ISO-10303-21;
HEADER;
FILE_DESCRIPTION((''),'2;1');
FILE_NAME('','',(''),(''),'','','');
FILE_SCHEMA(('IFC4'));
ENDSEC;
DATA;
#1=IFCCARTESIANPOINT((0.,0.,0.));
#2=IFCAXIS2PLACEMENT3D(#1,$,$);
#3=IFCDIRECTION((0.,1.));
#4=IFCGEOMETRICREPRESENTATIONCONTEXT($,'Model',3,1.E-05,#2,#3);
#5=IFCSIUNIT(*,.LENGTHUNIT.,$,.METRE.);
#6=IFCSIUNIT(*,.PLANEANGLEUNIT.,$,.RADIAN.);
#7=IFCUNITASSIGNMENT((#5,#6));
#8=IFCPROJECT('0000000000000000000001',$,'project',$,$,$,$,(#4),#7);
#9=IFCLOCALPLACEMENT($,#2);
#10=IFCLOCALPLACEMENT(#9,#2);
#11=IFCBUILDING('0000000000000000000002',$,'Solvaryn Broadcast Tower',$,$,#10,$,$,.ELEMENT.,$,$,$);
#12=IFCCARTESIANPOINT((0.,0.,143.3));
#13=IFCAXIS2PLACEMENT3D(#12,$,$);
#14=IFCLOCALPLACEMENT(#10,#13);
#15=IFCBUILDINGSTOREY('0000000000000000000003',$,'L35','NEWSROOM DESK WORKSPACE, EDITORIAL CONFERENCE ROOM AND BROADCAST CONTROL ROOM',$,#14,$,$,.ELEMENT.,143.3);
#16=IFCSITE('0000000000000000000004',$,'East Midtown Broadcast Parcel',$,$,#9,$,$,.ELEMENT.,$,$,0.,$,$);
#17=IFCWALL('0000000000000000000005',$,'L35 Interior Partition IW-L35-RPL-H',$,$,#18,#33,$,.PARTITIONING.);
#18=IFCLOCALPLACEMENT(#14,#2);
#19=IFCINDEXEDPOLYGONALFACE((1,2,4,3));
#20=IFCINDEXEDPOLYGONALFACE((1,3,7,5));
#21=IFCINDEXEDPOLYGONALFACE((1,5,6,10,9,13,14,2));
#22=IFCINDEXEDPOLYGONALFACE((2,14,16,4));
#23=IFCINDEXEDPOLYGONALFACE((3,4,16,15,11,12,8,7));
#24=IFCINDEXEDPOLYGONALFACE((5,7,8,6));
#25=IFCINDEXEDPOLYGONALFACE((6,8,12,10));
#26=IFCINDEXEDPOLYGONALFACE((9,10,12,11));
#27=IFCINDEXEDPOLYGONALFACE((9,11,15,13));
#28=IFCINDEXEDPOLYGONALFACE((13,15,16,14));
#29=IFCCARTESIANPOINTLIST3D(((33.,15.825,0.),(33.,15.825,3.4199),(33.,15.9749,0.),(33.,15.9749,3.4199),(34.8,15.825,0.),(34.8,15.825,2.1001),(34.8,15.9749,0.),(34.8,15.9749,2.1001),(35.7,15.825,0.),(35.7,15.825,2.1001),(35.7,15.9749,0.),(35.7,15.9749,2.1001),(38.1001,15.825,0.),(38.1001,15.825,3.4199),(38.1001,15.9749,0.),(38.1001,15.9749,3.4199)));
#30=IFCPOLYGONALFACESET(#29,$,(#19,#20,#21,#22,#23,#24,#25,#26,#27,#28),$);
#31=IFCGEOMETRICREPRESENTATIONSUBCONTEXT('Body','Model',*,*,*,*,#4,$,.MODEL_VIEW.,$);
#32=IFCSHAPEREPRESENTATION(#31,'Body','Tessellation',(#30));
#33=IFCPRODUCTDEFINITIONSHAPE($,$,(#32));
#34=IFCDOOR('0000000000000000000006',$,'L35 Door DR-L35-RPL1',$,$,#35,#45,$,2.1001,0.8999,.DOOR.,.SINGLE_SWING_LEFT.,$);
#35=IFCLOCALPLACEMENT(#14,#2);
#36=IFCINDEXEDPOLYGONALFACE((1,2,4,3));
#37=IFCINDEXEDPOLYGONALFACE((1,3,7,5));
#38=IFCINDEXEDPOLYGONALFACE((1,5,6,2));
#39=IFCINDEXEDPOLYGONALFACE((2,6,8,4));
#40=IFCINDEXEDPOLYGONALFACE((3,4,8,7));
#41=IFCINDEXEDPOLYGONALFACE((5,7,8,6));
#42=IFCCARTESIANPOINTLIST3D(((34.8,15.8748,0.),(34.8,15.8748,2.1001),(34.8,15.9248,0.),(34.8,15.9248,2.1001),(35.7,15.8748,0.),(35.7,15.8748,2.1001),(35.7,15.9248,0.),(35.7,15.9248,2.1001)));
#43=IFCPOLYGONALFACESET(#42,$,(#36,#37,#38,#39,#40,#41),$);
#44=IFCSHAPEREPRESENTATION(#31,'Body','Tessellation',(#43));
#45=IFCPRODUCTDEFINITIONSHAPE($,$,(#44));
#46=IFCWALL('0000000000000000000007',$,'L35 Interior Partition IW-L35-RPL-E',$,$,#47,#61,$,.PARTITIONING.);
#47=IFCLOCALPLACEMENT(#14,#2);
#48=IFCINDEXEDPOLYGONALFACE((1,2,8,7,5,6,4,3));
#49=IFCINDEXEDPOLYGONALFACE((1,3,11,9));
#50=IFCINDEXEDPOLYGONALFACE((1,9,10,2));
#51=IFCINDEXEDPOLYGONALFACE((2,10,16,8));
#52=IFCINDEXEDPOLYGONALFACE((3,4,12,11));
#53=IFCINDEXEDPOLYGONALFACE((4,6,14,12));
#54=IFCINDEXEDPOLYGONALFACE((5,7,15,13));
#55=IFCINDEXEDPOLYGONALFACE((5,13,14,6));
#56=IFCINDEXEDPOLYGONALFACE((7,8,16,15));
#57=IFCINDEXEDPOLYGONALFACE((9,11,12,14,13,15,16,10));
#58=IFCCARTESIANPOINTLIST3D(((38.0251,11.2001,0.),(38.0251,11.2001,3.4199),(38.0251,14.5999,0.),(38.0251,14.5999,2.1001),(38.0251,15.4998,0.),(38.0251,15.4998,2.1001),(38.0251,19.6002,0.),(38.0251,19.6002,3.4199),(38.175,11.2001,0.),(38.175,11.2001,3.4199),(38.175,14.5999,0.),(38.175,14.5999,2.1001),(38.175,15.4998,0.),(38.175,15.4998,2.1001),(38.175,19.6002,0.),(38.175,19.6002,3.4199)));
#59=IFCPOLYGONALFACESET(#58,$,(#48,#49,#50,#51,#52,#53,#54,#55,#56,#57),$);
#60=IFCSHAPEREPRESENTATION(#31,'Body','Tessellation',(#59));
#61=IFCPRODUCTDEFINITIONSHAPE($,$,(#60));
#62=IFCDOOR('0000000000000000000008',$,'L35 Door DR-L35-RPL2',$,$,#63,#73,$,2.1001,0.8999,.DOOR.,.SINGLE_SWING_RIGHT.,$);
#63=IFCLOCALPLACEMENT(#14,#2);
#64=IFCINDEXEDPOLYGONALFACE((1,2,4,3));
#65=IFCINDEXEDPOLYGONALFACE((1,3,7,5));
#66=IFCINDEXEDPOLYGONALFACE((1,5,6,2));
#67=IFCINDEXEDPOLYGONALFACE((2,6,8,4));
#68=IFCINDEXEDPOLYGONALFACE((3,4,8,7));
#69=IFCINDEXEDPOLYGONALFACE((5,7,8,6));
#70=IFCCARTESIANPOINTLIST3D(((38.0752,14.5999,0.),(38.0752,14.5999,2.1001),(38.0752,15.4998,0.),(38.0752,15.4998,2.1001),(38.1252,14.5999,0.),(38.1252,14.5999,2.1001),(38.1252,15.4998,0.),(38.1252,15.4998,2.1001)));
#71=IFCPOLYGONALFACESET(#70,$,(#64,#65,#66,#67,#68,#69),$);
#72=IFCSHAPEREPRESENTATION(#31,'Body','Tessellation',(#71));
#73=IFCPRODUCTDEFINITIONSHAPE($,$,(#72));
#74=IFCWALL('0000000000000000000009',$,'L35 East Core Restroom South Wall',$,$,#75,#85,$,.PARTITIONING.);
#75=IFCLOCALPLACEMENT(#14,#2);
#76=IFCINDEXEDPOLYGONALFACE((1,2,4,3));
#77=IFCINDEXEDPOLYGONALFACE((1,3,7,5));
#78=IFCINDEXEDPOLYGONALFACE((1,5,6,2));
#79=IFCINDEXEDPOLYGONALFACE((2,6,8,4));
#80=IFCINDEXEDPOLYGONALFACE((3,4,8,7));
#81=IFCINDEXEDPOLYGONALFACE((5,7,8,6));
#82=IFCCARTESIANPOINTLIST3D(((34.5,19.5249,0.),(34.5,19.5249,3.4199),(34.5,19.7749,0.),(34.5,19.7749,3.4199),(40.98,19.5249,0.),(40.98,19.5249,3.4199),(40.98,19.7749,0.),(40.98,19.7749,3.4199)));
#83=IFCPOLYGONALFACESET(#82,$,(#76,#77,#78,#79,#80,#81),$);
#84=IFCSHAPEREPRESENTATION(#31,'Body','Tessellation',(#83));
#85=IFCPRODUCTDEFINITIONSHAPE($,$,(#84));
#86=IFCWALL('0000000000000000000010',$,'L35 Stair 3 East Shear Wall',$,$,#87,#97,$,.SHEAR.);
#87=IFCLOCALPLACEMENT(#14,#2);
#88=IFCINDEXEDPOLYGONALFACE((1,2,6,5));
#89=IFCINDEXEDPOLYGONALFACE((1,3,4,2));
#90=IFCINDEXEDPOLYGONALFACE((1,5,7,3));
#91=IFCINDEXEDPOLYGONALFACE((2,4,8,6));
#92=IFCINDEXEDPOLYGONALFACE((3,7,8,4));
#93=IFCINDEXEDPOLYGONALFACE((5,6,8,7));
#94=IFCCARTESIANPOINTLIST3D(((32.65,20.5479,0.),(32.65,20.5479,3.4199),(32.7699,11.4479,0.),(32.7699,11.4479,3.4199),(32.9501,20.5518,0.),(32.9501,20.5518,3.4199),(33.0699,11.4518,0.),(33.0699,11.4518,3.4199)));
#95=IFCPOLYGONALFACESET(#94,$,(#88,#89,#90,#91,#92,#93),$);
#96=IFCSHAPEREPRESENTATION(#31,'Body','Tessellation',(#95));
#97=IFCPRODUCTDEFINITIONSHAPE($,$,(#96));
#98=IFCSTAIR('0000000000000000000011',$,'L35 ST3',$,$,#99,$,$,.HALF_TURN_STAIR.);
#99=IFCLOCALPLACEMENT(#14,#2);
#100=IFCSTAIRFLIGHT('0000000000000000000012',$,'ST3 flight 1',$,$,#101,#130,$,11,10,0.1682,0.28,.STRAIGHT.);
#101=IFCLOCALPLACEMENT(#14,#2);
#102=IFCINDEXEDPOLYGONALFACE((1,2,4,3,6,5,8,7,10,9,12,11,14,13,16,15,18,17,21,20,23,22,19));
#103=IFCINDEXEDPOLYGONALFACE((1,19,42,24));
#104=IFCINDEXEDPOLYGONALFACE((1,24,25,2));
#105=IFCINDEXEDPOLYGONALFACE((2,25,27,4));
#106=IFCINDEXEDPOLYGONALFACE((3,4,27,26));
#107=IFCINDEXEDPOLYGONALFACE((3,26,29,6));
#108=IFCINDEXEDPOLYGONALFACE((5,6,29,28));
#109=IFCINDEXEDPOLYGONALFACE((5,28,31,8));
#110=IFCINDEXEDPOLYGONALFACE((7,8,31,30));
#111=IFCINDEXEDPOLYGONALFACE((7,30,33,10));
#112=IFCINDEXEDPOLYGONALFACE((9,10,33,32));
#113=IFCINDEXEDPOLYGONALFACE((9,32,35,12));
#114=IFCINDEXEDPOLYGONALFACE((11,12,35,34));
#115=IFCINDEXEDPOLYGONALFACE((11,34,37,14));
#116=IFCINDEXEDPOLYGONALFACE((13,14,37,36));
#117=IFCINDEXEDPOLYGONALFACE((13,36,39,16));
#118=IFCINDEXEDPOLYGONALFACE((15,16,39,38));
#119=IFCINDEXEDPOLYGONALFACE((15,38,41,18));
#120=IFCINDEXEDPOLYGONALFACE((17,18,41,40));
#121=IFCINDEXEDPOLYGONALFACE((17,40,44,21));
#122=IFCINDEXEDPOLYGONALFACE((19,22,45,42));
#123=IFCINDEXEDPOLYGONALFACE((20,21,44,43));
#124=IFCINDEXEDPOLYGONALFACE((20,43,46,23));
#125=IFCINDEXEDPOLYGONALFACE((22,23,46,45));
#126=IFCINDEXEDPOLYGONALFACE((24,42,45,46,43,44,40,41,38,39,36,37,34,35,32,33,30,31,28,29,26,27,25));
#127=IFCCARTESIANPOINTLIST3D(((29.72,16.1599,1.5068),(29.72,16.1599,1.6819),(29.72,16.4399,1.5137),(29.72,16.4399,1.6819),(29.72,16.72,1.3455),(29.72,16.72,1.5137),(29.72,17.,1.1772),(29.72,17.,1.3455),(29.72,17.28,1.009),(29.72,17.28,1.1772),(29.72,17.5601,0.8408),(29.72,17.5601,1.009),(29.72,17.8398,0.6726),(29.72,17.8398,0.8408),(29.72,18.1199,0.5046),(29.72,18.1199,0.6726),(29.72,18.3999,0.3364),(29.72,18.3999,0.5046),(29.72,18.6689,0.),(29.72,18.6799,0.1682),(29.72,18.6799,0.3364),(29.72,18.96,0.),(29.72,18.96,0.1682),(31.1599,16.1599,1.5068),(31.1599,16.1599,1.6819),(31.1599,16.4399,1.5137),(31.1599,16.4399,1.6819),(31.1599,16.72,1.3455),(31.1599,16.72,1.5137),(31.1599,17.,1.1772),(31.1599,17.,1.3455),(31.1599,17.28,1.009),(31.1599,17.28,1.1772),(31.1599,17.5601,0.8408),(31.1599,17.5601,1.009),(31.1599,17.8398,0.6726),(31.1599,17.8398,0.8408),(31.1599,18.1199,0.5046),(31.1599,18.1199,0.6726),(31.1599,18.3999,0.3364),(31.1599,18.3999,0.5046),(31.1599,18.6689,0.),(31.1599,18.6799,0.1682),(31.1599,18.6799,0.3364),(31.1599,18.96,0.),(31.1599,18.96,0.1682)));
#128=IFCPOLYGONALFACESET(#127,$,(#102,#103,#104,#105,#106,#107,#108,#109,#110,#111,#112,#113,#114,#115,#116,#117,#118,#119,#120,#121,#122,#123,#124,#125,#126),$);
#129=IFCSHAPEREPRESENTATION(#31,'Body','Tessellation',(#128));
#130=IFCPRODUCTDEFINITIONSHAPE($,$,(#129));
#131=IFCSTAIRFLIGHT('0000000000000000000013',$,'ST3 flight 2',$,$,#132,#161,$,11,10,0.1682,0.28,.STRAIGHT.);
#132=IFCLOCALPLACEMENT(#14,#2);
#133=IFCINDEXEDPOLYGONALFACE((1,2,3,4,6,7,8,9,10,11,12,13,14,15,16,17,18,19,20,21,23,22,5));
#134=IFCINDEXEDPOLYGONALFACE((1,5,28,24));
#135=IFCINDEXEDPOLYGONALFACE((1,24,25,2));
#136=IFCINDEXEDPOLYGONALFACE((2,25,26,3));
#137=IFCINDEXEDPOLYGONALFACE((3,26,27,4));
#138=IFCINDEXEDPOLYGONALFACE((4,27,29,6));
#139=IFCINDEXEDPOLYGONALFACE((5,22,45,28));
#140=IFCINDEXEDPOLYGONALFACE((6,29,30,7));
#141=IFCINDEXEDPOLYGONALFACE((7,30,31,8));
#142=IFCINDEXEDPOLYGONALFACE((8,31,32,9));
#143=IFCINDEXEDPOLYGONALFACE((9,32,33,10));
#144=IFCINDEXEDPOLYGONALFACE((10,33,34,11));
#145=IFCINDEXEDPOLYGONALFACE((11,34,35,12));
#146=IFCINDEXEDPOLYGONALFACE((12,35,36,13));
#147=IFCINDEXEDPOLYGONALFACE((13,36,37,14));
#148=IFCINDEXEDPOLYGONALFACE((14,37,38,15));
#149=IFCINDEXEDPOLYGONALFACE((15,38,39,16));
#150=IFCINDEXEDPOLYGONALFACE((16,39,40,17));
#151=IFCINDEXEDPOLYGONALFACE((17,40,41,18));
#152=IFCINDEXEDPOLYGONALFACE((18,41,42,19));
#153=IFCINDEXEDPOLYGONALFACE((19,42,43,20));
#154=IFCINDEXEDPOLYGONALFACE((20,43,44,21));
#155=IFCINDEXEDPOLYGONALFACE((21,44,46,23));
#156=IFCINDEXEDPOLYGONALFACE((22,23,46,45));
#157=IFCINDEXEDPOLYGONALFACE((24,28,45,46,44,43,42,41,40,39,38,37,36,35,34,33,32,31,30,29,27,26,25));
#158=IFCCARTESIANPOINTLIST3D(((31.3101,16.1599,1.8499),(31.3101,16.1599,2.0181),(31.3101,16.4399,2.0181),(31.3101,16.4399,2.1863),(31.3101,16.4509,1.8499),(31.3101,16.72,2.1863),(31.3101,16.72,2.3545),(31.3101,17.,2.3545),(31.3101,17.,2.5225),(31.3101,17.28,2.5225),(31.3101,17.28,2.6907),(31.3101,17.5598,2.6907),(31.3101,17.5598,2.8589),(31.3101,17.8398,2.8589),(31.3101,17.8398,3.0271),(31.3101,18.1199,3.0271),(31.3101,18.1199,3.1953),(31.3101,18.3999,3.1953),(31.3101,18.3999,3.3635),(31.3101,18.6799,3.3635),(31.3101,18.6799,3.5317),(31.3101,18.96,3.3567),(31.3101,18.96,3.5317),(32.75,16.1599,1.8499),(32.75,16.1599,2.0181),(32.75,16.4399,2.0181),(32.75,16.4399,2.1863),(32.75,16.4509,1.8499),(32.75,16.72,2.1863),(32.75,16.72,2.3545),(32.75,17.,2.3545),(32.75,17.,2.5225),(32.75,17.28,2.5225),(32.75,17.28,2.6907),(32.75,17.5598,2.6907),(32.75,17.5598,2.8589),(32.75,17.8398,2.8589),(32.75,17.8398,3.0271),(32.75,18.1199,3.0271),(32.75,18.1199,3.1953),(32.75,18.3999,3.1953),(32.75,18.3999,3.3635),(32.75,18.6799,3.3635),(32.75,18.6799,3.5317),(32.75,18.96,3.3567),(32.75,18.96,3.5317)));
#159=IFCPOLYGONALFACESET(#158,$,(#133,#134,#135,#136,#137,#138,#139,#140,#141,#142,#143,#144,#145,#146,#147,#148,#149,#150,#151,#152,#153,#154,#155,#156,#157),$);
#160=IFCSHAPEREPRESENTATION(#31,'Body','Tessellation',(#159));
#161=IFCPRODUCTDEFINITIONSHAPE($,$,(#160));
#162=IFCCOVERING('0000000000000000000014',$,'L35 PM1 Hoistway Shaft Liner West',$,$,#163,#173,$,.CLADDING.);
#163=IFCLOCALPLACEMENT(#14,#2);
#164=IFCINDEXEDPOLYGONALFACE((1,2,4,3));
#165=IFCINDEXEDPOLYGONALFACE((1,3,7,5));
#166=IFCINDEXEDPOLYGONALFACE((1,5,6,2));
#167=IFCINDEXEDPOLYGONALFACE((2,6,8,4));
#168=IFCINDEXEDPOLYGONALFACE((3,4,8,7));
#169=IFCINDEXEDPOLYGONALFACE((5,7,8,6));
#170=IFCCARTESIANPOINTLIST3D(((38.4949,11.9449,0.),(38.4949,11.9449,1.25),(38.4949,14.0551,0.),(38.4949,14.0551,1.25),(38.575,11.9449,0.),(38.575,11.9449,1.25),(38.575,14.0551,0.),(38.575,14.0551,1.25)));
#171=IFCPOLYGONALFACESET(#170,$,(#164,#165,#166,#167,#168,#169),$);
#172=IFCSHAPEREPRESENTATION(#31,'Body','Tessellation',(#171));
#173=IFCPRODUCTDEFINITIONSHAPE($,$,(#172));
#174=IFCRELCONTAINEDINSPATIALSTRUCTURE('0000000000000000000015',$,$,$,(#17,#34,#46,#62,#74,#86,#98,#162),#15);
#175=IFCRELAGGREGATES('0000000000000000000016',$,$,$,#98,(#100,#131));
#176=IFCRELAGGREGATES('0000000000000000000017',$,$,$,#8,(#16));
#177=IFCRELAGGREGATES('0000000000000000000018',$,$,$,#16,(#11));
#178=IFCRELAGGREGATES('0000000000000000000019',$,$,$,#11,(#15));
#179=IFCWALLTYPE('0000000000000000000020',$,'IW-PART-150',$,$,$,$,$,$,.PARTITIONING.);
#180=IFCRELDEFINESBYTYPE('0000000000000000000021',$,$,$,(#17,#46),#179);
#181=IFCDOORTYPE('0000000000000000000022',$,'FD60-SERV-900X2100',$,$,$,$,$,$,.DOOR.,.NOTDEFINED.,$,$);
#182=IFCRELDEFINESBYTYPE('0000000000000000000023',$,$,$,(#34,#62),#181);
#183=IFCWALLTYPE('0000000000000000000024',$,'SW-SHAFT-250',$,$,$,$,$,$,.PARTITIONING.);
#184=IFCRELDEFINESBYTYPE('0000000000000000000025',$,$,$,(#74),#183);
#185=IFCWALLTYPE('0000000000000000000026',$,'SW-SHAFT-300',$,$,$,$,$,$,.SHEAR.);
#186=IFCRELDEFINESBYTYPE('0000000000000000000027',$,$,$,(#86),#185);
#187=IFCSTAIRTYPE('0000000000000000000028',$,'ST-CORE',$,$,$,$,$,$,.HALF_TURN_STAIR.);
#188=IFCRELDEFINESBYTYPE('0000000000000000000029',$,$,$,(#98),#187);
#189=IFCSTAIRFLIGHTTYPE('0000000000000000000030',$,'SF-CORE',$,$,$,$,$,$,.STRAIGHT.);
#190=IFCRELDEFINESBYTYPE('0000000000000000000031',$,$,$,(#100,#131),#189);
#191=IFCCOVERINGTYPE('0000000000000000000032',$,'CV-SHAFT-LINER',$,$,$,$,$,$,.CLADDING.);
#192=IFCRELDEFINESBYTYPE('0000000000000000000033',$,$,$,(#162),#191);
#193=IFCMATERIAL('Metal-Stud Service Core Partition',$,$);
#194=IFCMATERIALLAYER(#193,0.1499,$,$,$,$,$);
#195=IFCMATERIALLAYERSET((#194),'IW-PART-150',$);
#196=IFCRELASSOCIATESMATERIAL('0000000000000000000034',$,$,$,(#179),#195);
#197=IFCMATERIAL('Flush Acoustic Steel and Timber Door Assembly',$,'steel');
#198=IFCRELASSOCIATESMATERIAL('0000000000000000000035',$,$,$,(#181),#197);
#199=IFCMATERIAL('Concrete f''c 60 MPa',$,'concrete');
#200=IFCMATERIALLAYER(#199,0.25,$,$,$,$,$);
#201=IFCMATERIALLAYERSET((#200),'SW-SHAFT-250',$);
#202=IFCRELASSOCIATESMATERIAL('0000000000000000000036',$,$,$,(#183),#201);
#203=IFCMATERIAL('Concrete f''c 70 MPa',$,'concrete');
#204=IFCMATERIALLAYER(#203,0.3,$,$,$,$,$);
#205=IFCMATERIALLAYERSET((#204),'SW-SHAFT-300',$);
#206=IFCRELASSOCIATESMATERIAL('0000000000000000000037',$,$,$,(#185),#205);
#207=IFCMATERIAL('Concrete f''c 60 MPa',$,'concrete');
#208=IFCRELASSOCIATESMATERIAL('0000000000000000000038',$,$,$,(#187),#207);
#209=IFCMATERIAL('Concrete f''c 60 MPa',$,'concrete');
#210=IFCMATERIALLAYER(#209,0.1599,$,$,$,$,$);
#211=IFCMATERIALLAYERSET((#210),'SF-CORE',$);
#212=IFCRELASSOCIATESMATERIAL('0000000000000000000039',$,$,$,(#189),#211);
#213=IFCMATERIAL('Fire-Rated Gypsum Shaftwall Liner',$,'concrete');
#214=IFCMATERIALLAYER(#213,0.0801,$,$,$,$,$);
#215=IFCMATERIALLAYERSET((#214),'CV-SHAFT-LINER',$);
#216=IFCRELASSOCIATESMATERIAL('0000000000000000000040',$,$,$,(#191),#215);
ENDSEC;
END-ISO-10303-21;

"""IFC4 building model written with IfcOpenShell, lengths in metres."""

from ifc_helpers import new_model, si_unit, direction, frame, frame_2d, origin, origin_2d, place, context, subcontext, project, spatial, polyline, rectangle, outline, extrude, material, layer, layer_set, type_object, element, fill, aggregate, save


model = new_model("IFC4")

# Units and contexts
model_context = context("Model", 3, precision=1e-05, world=origin(), true_north=direction((0.0, 1.0)))
body_context = subcontext(model_context, "Body", "Model", "MODEL_VIEW")
ifc_project = project(units=[si_unit("LENGTHUNIT", "METRE"), si_unit("PLANEANGLEUNIT", "RADIAN")], contexts=[model_context])

# Site, building, storey
site_placement = place(None, origin())
site = spatial("IfcSite", under=ifc_project, at=site_placement, Name="East Midtown Broadcast Parcel", CompositionType="ELEMENT", RefElevation=0.0)
building_placement = place(site_placement, origin())
building = spatial("IfcBuilding", under=site, at=building_placement, Name="Solvaryn Broadcast Tower", CompositionType="ELEMENT")
storey_placement = place(building_placement, frame((0.0, 0.0, 143.3)))
storey = spatial("IfcBuildingStorey", under=building, at=storey_placement, Name="L35", Description="NEWSROOM DESK WORKSPACE, EDITORIAL CONFERENCE ROOM AND BROADCAST CONTROL ROOM", CompositionType="ELEMENT", Elevation=143.3)

# Walls, openings, doors
ifc_material_1 = material(Name="Metal-Stud Service Core Partition")
ifc_layer_1 = layer(ifc_material_1, 0.1499)
ifc_layer_set_1 = layer_set([ifc_layer_1], Name="IW-PART-150")
wall_type_1 = type_object("IfcWallType", Name="IW-PART-150", PredefinedType="PARTITIONING", material=ifc_layer_set_1)
wall_1_placement = place(storey_placement, frame((33.0, 15.8999, 0.0), z_axis=(0.0, 0.0, 1.0), x_axis=(1.0, 0.0, 0.0)))
wall_1 = element("IfcWall", 1, at=wall_1_placement, inside=storey, type_object=wall_type_1, Name="L35 Interior Partition IW-L35-RPL-H", PredefinedType="PARTITIONING", context=body_context, shape_type="SweptSolid", body=[
    extrude(rectangle(XDim=5.1001, YDim=0.1499, at=frame_2d((2.55, 0.0))), origin(), (0.0, 0.0, 1.0), 3.4199),
])
opening_1_placement = place(wall_1_placement, frame((1.8, 0.0, 0.0)))
opening_1 = element("IfcOpeningElement", 2, at=opening_1_placement, cuts=wall_1, PredefinedType="OPENING", context=body_context, shape_type="SweptSolid", body=[
    extrude(rectangle(XDim=0.8999, YDim=2.1001, at=frame_2d((0.45, 1.05))), frame((0.0, 0.085, 0.0), z_axis=(0.0, -1.0, 0.0), x_axis=(1.0, 0.0, 0.0)), (0.0, 0.0, 1.0), 0.1699),
])
ifc_material_2 = material(Name="Flush Acoustic Steel and Timber Door Assembly", Category="steel")
door_type_1 = type_object("IfcDoorType", Name="FD60-SERV-900X2100", OperationType="NOTDEFINED", PredefinedType="DOOR", material=ifc_material_2)
door_1_placement = place(opening_1_placement, origin())
door_1 = element("IfcDoor", 3, at=door_1_placement, inside=storey, type_object=door_type_1, Name="L35 Door DR-L35-RPL1", OperationType="SINGLE_SWING_LEFT", OverallHeight=2.1001, OverallWidth=0.8999, PredefinedType="DOOR", context=body_context, shape_type="SweptSolid", body=[
    extrude(rectangle(XDim=0.8999, YDim=2.1001, at=frame_2d((0.45, 1.05))), frame((0.0, 0.0249, 0.0), z_axis=(0.0, -1.0, 0.0), x_axis=(1.0, 0.0, 0.0)), (0.0, 0.0, 1.0), 0.05),
])
fill(opening_1, door_1)
wall_2_placement = place(storey_placement, frame((38.1001, 11.2, 0.0), z_axis=(0.0, 0.0, 1.0), x_axis=(0.0, 1.0, 0.0)))
wall_2 = element("IfcWall", 4, at=wall_2_placement, inside=storey, type_object=wall_type_1, Name="L35 Interior Partition IW-L35-RPL-E", PredefinedType="PARTITIONING", context=body_context, shape_type="SweptSolid", body=[
    extrude(rectangle(XDim=8.4001, YDim=0.1499, at=frame_2d((4.2002, 0.0))), origin(), (0.0, 0.0, 1.0), 3.4199),
])
opening_2_placement = place(wall_2_placement, frame((3.3999, 0.0, 0.0)))
opening_2 = element("IfcOpeningElement", 5, at=opening_2_placement, cuts=wall_2, PredefinedType="OPENING", context=body_context, shape_type="SweptSolid", body=[
    extrude(rectangle(XDim=0.8999, YDim=2.1001, at=frame_2d((0.45, 1.05))), frame((0.0, 0.085, 0.0), z_axis=(0.0, -1.0, 0.0), x_axis=(1.0, 0.0, 0.0)), (0.0, 0.0, 1.0), 0.1699),
])
door_2_placement = place(opening_2_placement, origin())
door_2 = element("IfcDoor", 6, at=door_2_placement, inside=storey, type_object=door_type_1, Name="L35 Door DR-L35-RPL2", OperationType="SINGLE_SWING_RIGHT", OverallHeight=2.1001, OverallWidth=0.8999, PredefinedType="DOOR", context=body_context, shape_type="SweptSolid", body=[
    extrude(rectangle(XDim=0.8999, YDim=2.1001, at=frame_2d((0.45, 1.05))), frame((0.0, 0.0249, 0.0), z_axis=(0.0, -1.0, 0.0), x_axis=(1.0, 0.0, 0.0)), (0.0, 0.0, 1.0), 0.05),
])
fill(opening_2, door_2)

# Wall
ifc_material_3 = material(Name="Concrete f'c 60 MPa", Category="concrete")
ifc_layer_2 = layer(ifc_material_3, 0.25)
ifc_layer_set_2 = layer_set([ifc_layer_2], Name="SW-SHAFT-250")
wall_type_2 = type_object("IfcWallType", Name="SW-SHAFT-250", PredefinedType="PARTITIONING", material=ifc_layer_set_2)
wall_3_placement = place(storey_placement, frame((34.5, 19.6499, 0.0), z_axis=(0.0, 0.0, 1.0), x_axis=(1.0, 0.0, 0.0)))
element("IfcWall", 7, at=wall_3_placement, inside=storey, type_object=wall_type_2, Name="L35 East Core Restroom South Wall", PredefinedType="PARTITIONING", context=body_context, shape_type="SweptSolid", body=[
    extrude(rectangle(XDim=6.48, YDim=0.25, at=frame_2d((3.24, 0.0))), origin(), (0.0, 0.0, 1.0), 3.4199),
])

# Wall
ifc_material_4 = material(Name="Concrete f'c 70 MPa", Category="concrete")
ifc_layer_3 = layer(ifc_material_4, 0.3)
ifc_layer_set_3 = layer_set([ifc_layer_3], Name="SW-SHAFT-300")
wall_type_3 = type_object("IfcWallType", Name="SW-SHAFT-300", PredefinedType="SHEAR", material=ifc_layer_set_3)
wall_4_placement = place(storey_placement, frame((32.9199, 11.45, 0.0), z_axis=(0.0, 0.0, 1.0), x_axis=(-0.013172, 0.999913, 0.0)))
element("IfcWall", 8, at=wall_4_placement, inside=storey, type_object=wall_type_3, Name="L35 Stair 3 East Shear Wall", PredefinedType="SHEAR", context=body_context, shape_type="SweptSolid", body=[
    extrude(rectangle(XDim=9.1008, YDim=0.3, at=frame_2d((4.5503, 0.0))), origin(), (0.0, 0.0, 1.0), 3.4199),
])

# Stair, stair flights
ifc_material_5 = material(Name="Concrete f'c 60 MPa", Category="concrete")
stair_type = type_object("IfcStairType", Name="ST-CORE", PredefinedType="HALF_TURN_STAIR", material=ifc_material_5)
stair_placement = place(storey_placement, origin())
stair = element("IfcStair", 9, at=stair_placement, inside=storey, type_object=stair_type, Name="L35 ST3", PredefinedType="HALF_TURN_STAIR")
ifc_material_6 = material(Name="Concrete f'c 60 MPa", Category="concrete")
ifc_layer_4 = layer(ifc_material_6, 0.1599)
ifc_layer_set_4 = layer_set([ifc_layer_4], Name="SF-CORE")
stair_flight_type = type_object("IfcStairFlightType", Name="SF-CORE", PredefinedType="STRAIGHT", material=ifc_layer_set_4)
stair_flight_1_placement = place(storey_placement, frame((30.4399, 18.96, 0.0), z_axis=(0.0, 0.0, 1.0), x_axis=(0.0, -1.0, 0.0)))
stair_flight_1 = element("IfcStairFlight", 10, at=stair_flight_1_placement, type_object=stair_flight_type, Name="ST3 flight 1", NumberOfRisers=11, NumberOfTreads=10, PredefinedType="STRAIGHT", RiserHeight=0.1682, TreadLength=0.28, context=body_context, shape_type="SweptSolid", body=[
    extrude(outline(polyline([(0.0, 0.0), (0.0, 0.1682), (0.28, 0.1682), (0.28, 0.3364), (0.5601, 0.3364), (0.5601, 0.5046), (0.8401, 0.5046), (0.8401, 0.6726), (1.1201, 0.6726), (1.1201, 0.8408), (1.3999, 0.8408), (1.3999, 1.009), (1.6799, 1.009), (1.6799, 1.1772), (1.96, 1.1772), (1.96, 1.3455), (2.24, 1.3455), (2.24, 1.5137), (2.52, 1.5137), (2.52, 1.6819), (2.8, 1.6819), (2.8, 1.8501), (2.8, 1.5068), (0.291, 0.0), (0.0, 0.0)])), frame((0.0, 0.72, 0.0), z_axis=(0.0, -1.0, 0.0), x_axis=(1.0, 0.0, 0.0)), (0.0, 0.0, 1.0), 1.4399),
])
stair_flight_2_placement = place(storey_placement, frame((32.03, 16.1599, 1.8499), z_axis=(0.0, 0.0, 1.0), x_axis=(0.0, 1.0, 0.0)))
stair_flight_2 = element("IfcStairFlight", 11, at=stair_flight_2_placement, type_object=stair_flight_type, Name="ST3 flight 2", NumberOfRisers=11, NumberOfTreads=10, PredefinedType="STRAIGHT", RiserHeight=0.1682, TreadLength=0.28, context=body_context, shape_type="SweptSolid", body=[
    extrude(outline(polyline([(0.0, 0.0), (0.0, 0.1682), (0.28, 0.1682), (0.28, 0.3364), (0.5601, 0.3364), (0.5601, 0.5046), (0.8401, 0.5046), (0.8401, 0.6726), (1.1201, 0.6726), (1.1201, 0.8408), (1.3999, 0.8408), (1.3999, 1.009), (1.6799, 1.009), (1.6799, 1.1772), (1.96, 1.1772), (1.96, 1.3455), (2.24, 1.3455), (2.24, 1.5137), (2.52, 1.5137), (2.52, 1.6819), (2.8, 1.6819), (2.8, 1.8501), (2.8, 1.5068), (0.291, 0.0), (0.0, 0.0)])), frame((0.0, 0.72, 0.0), z_axis=(0.0, -1.0, 0.0), x_axis=(1.0, 0.0, 0.0)), (0.0, 0.0, 1.0), 1.4399),
])
aggregate(stair, [stair_flight_1, stair_flight_2])

# Covering
ifc_material_7 = material(Name="Fire-Rated Gypsum Shaftwall Liner", Category="concrete")
ifc_layer_5 = layer(ifc_material_7, 0.0801)
ifc_layer_set_5 = layer_set([ifc_layer_5], Name="CV-SHAFT-LINER")
covering_type = type_object("IfcCoveringType", Name="CV-SHAFT-LINER", PredefinedType="CLADDING", material=ifc_layer_set_5)
for number, where, z_axis, x_axis, name in (
    (12, (38.5349, 13.0, 0.0), (0.0, 0.0, 1.0), (1.0, 0.0, 0.0), "L35 PM1 Hoistway Shaft Liner West"),
):
    element("IfcCovering", number, at=place(storey_placement, frame(where, z_axis=z_axis, x_axis=x_axis)), inside=storey, type_object=covering_type, Name=name, PredefinedType="CLADDING", context=body_context, shape_type="SweptSolid", body=[
        extrude(rectangle(XDim=0.0801, YDim=2.1101, at=origin_2d()), origin(), (0.0, 0.0, 1.0), 1.25),
    ])

save(model, "model.ifc")
